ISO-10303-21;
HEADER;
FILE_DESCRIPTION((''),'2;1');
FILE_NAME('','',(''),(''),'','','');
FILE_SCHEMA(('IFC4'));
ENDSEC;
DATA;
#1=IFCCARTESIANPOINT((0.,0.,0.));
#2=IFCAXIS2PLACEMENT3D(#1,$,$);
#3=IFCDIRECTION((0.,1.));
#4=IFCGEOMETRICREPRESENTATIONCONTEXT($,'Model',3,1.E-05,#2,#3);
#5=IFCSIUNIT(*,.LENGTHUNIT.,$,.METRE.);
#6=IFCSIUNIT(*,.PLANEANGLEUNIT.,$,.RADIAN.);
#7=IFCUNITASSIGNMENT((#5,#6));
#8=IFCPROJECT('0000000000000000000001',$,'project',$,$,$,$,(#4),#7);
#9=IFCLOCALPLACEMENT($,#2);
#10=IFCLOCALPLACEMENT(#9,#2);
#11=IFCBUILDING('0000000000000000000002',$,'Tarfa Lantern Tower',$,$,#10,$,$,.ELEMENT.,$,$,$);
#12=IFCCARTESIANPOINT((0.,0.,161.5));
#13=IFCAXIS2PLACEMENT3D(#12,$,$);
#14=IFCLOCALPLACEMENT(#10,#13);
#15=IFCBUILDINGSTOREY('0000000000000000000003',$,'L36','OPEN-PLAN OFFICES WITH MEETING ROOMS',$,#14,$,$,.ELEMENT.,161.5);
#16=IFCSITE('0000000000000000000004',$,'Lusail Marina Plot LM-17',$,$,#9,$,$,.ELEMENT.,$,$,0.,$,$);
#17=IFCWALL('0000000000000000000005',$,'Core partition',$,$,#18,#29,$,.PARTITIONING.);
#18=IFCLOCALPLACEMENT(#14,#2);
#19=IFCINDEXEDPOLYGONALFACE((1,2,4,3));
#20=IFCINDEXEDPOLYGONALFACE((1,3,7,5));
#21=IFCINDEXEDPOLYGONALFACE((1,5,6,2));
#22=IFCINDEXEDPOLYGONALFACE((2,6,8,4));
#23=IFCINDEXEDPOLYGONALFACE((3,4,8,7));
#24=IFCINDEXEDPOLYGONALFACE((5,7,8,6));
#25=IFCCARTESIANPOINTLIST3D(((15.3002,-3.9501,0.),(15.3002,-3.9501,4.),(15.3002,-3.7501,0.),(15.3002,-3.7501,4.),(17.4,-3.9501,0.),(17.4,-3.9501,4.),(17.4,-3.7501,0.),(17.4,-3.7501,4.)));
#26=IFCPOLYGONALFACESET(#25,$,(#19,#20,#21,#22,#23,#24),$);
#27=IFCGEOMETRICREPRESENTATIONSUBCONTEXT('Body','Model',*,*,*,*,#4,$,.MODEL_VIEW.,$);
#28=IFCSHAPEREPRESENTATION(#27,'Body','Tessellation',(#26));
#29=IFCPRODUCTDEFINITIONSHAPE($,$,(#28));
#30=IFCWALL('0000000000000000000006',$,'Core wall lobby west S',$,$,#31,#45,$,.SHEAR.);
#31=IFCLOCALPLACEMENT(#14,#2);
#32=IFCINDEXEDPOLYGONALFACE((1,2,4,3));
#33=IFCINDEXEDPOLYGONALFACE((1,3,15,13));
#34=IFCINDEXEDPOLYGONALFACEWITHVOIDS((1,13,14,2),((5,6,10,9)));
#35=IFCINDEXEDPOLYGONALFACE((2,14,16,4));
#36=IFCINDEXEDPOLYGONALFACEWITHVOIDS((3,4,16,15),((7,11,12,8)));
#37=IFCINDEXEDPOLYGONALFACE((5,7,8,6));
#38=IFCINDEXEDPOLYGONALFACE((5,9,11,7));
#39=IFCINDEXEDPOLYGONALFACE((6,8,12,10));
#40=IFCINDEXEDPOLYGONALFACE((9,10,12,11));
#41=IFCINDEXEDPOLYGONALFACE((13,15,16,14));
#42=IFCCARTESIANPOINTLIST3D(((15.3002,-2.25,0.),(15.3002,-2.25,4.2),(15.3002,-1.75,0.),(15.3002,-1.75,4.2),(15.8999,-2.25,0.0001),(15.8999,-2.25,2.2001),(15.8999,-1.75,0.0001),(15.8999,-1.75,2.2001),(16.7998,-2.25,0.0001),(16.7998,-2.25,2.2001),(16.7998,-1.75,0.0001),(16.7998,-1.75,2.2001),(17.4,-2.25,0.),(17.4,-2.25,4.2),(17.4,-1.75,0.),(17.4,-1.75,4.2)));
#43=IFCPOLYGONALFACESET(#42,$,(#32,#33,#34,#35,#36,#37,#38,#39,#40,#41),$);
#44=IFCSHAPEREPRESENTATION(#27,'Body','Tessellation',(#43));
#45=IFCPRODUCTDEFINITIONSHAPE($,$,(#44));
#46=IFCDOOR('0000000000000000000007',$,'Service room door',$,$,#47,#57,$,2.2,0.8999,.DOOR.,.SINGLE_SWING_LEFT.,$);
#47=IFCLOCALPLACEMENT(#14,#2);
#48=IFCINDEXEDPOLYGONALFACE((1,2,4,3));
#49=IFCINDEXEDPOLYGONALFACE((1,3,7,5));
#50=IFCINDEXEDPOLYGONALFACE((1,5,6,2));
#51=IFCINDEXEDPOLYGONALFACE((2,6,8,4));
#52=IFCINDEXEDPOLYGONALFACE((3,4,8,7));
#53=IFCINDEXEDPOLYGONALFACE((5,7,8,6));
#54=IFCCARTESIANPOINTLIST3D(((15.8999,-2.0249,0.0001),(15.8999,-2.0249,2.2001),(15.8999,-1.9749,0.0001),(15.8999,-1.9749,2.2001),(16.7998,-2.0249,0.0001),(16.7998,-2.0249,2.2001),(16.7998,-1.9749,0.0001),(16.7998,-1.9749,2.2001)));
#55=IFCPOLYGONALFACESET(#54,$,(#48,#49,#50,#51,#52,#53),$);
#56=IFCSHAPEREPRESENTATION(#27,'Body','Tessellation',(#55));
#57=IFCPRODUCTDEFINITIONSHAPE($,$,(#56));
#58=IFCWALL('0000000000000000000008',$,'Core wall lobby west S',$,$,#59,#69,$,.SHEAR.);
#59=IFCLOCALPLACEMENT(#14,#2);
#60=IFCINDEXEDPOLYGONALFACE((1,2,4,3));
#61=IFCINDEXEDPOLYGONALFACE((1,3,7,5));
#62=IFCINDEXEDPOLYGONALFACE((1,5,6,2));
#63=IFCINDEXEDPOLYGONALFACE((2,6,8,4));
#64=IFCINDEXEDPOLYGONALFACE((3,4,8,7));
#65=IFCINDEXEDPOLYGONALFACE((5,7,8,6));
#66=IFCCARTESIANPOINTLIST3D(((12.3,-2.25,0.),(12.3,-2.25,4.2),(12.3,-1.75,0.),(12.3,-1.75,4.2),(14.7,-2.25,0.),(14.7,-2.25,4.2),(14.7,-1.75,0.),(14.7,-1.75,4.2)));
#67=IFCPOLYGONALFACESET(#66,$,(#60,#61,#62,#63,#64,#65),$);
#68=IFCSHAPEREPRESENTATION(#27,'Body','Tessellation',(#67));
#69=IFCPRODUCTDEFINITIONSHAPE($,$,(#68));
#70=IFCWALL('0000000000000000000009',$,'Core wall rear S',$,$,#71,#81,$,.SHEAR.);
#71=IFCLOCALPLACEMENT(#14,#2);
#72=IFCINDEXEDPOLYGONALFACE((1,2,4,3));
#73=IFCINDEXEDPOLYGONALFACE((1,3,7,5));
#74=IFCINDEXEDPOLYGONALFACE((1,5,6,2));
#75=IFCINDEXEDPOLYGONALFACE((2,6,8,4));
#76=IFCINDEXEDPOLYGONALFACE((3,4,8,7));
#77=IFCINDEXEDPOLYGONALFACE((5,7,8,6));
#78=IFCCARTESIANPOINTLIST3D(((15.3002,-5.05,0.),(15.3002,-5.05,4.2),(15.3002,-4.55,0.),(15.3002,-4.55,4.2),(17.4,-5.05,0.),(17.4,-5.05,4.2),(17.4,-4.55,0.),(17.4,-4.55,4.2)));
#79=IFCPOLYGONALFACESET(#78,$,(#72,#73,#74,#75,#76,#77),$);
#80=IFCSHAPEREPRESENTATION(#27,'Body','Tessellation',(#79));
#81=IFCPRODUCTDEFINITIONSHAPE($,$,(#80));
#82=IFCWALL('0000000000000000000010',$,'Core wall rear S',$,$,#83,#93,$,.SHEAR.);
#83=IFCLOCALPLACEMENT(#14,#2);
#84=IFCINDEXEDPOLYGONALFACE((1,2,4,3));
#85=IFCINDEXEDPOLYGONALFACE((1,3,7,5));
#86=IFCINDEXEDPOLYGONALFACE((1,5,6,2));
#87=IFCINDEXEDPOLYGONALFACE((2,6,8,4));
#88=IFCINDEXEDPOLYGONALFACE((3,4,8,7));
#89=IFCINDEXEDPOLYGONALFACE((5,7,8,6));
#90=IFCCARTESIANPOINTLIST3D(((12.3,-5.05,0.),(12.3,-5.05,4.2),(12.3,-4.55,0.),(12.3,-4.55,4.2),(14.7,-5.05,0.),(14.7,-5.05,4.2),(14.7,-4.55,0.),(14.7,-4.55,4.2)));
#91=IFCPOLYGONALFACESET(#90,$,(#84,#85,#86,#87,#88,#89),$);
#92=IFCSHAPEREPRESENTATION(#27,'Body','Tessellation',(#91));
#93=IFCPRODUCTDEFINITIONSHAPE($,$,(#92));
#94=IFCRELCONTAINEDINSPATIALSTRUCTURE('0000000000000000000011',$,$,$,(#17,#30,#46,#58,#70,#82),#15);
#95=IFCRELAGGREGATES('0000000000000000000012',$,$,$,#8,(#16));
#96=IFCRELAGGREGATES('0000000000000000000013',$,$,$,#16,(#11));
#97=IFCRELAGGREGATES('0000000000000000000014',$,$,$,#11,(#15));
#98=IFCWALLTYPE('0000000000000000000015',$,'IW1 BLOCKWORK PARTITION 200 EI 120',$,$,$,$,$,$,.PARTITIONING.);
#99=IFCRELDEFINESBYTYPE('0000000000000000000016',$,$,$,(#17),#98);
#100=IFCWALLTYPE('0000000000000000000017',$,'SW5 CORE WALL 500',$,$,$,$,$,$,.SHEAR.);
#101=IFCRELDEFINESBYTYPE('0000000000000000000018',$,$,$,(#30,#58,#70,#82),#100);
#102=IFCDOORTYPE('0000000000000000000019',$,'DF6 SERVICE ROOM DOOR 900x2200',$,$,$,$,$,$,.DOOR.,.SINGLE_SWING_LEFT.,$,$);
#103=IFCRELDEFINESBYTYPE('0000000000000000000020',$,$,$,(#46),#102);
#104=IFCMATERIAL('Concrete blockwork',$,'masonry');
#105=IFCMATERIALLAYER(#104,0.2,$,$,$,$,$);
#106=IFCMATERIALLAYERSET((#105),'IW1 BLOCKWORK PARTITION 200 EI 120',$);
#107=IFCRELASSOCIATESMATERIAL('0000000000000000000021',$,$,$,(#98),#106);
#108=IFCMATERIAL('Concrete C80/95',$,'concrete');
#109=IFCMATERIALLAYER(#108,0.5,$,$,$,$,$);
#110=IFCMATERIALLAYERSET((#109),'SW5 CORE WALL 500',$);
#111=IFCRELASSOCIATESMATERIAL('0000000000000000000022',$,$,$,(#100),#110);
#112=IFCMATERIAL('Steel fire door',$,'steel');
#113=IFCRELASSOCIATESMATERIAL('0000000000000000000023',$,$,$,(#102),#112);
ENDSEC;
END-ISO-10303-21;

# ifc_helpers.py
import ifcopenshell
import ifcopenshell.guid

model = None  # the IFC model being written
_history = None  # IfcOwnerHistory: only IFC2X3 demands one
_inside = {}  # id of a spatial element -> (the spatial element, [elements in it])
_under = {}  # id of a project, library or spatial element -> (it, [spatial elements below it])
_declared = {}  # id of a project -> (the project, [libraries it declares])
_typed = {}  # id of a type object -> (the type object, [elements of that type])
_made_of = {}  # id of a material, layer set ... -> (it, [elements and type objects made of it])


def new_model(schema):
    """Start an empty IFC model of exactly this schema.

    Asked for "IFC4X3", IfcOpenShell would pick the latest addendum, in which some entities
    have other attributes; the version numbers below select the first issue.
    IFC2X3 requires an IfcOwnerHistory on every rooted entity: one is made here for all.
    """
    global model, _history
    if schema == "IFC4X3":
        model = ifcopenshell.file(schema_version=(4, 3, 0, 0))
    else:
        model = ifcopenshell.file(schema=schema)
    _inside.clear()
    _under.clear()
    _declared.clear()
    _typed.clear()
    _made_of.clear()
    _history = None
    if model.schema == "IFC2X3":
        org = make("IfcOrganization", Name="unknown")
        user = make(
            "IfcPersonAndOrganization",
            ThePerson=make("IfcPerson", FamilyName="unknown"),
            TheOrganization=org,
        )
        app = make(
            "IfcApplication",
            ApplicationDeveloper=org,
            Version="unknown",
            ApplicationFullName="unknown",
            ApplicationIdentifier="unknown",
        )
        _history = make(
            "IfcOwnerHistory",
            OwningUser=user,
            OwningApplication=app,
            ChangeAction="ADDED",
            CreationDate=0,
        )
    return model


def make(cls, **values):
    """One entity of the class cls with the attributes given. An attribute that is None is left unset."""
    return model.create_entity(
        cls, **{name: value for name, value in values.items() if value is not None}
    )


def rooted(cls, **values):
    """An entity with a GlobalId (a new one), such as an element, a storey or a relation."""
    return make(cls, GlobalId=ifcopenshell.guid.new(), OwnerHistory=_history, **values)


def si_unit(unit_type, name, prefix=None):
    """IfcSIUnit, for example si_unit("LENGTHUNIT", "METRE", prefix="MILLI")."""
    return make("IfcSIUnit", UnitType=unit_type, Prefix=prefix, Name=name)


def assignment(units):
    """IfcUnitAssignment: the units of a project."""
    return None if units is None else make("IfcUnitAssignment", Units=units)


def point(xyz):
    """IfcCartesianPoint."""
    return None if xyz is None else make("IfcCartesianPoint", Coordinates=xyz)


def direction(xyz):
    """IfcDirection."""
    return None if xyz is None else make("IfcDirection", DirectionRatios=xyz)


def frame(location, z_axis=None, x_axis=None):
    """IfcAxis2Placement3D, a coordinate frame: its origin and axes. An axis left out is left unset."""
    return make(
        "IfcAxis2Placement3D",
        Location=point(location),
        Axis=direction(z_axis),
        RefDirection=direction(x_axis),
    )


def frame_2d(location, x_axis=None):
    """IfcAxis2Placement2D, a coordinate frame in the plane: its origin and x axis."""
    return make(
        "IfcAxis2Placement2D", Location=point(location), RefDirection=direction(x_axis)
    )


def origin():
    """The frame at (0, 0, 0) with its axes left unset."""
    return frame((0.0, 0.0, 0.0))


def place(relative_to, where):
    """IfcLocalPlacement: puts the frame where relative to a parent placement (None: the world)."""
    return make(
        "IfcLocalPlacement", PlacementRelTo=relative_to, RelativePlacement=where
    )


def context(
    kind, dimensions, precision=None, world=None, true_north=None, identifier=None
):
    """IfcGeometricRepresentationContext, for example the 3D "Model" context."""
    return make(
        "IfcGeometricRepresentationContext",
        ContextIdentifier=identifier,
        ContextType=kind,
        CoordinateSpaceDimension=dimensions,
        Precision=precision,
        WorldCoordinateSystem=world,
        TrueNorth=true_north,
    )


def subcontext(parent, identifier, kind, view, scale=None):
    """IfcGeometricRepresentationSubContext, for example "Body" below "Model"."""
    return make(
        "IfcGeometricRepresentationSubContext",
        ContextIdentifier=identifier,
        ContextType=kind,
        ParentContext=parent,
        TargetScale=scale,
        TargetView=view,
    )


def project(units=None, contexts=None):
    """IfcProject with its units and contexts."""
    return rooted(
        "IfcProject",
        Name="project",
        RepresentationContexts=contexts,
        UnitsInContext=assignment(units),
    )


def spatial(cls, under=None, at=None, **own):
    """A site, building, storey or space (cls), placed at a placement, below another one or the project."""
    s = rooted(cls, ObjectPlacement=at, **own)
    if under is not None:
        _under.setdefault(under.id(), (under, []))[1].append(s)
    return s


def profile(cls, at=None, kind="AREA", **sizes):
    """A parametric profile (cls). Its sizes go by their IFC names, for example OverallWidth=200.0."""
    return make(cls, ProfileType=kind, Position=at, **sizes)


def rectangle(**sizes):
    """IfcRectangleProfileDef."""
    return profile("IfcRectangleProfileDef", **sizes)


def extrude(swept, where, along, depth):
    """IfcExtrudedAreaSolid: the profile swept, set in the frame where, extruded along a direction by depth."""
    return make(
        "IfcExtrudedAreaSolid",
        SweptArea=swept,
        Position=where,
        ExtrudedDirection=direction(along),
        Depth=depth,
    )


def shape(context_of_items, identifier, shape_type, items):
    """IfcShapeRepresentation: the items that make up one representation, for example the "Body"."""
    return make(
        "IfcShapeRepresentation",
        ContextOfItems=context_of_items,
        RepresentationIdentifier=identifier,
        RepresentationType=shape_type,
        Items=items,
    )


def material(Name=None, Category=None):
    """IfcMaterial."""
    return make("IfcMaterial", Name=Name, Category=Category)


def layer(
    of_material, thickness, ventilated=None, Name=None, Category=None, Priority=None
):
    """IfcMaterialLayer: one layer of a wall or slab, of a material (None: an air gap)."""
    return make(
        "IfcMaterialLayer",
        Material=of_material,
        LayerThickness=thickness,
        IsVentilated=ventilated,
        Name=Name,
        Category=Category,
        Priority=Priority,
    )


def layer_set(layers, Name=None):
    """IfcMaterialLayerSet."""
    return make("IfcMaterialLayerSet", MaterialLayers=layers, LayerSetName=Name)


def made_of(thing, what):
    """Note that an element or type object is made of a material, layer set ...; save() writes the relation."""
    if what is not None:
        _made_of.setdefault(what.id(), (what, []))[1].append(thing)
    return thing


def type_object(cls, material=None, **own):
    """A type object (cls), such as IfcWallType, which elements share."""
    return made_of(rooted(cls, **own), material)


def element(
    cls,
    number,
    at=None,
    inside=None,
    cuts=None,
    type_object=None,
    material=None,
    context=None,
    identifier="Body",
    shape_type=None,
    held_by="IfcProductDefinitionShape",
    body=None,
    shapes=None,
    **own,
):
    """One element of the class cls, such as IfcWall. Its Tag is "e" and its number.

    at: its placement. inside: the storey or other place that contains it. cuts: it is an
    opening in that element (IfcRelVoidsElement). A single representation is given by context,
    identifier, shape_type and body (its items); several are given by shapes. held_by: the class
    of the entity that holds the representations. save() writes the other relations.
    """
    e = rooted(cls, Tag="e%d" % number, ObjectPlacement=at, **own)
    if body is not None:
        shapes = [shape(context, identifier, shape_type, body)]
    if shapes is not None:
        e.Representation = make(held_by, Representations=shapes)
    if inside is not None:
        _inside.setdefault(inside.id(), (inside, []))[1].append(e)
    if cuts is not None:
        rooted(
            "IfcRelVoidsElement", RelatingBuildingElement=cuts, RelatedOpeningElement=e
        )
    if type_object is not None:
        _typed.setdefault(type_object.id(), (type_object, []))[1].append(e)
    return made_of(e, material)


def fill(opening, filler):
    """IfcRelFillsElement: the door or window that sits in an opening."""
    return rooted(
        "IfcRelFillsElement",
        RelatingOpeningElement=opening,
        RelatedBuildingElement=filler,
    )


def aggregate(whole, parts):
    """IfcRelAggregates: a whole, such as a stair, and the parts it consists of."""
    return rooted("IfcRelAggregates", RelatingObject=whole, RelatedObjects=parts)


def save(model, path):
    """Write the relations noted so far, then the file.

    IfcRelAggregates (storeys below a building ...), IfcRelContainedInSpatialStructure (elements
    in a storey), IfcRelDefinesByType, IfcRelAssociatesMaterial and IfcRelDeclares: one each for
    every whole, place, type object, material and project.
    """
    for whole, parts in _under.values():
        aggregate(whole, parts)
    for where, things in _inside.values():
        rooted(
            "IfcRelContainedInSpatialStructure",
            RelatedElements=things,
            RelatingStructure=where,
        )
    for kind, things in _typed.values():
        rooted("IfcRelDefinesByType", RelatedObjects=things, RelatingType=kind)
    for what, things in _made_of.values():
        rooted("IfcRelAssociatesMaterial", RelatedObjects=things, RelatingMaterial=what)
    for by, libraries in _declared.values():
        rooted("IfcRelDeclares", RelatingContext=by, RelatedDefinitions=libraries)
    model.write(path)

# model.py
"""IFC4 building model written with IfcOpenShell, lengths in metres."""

from ifc_helpers import new_model, si_unit, direction, frame, frame_2d, origin, place, context, subcontext, project, spatial, rectangle, extrude, material, layer, layer_set, type_object, element, fill, save


model = new_model("IFC4")

# Units and contexts
model_context = context("Model", 3, precision=1e-05, world=origin(), true_north=direction((0.0, 1.0)))
body_context = subcontext(model_context, "Body", "Model", "MODEL_VIEW")
ifc_project = project(units=[si_unit("LENGTHUNIT", "METRE"), si_unit("PLANEANGLEUNIT", "RADIAN")], contexts=[model_context])

# Site, building, storey
site_placement = place(None, origin())
site = spatial("IfcSite", under=ifc_project, at=site_placement, Name="Lusail Marina Plot LM-17", CompositionType="ELEMENT", RefElevation=0.0)
building_placement = place(site_placement, origin())
building = spatial("IfcBuilding", under=site, at=building_placement, Name="Tarfa Lantern Tower", CompositionType="ELEMENT")
storey_placement = place(building_placement, frame((0.0, 0.0, 161.5)))
storey = spatial("IfcBuildingStorey", under=building, at=storey_placement, Name="L36", Description="OPEN-PLAN OFFICES WITH MEETING ROOMS", CompositionType="ELEMENT", Elevation=161.5)

# Wall
ifc_material_1 = material(Name="Concrete blockwork", Category="masonry")
ifc_layer_1 = layer(ifc_material_1, 0.2)
ifc_layer_set_1 = layer_set([ifc_layer_1], Name="IW1 BLOCKWORK PARTITION 200 EI 120")
wall_type_1 = type_object("IfcWallType", Name="IW1 BLOCKWORK PARTITION 200 EI 120", PredefinedType="PARTITIONING", material=ifc_layer_set_1)
wall_1_placement = place(storey_placement, frame((17.3999, -3.8501, 0.0), z_axis=(0.0, 0.0, 1.0), x_axis=(-1.0, 0.0, 0.0)))
element("IfcWall", 1, at=wall_1_placement, inside=storey, type_object=wall_type_1, Name="Core partition", PredefinedType="PARTITIONING", context=body_context, shape_type="SweptSolid", body=[
    extrude(rectangle(XDim=2.0999, YDim=0.2, at=frame_2d((1.0498, 0.0))), origin(), (0.0, 0.0, 1.0), 4.0),
])

# Wall, opening, door
ifc_material_2 = material(Name="Concrete C80/95", Category="concrete")
ifc_material_3 = material(Name="Steel fire door", Category="steel")
ifc_layer_2 = layer(ifc_material_2, 0.5)
ifc_layer_set_2 = layer_set([ifc_layer_2], Name="SW5 CORE WALL 500")
wall_type_2 = type_object("IfcWallType", Name="SW5 CORE WALL 500", PredefinedType="SHEAR", material=ifc_layer_set_2)
wall_2_placement = place(storey_placement, frame((17.3999, -2.0, 0.0), z_axis=(0.0, 0.0, 1.0), x_axis=(-1.0, 0.0, 0.0)))
wall_2 = element("IfcWall", 2, at=wall_2_placement, inside=storey, type_object=wall_type_2, Name="Core wall lobby west S", PredefinedType="SHEAR", context=body_context, shape_type="SweptSolid", body=[
    extrude(rectangle(XDim=2.0999, YDim=0.5, at=frame_2d((1.0498, 0.0))), origin(), (0.0, 0.0, 1.0), 4.2),
])
opening_1_placement = place(wall_2_placement, frame((0.6001, 0.0, 0.0)))
opening_1 = element("IfcOpeningElement", 3, at=opening_1_placement, cuts=wall_2, PredefinedType="OPENING", context=body_context, shape_type="SweptSolid", body=[
    extrude(rectangle(XDim=0.8999, YDim=2.2, at=frame_2d((0.45, 1.1001))), frame((0.0, 0.26, 0.0), z_axis=(0.0, -1.0, 0.0), x_axis=(1.0, 0.0, 0.0)), (0.0, 0.0, 1.0), 0.52),
])
door_type_1 = type_object("IfcDoorType", Name="DF6 SERVICE ROOM DOOR 900x2200", OperationType="SINGLE_SWING_LEFT", PredefinedType="DOOR", material=ifc_material_3)
door_1_placement = place(opening_1_placement, origin())
door_1 = element("IfcDoor", 4, at=door_1_placement, inside=storey, type_object=door_type_1, Name="Service room door", OperationType="SINGLE_SWING_LEFT", OverallHeight=2.2, OverallWidth=0.8999, PredefinedType="DOOR", context=body_context, shape_type="SweptSolid", body=[
    extrude(rectangle(XDim=0.8999, YDim=2.2, at=frame_2d((0.45, 1.1001))), frame((0.0, 0.0249, 0.0), z_axis=(0.0, -1.0, 0.0), x_axis=(1.0, 0.0, 0.0)), (0.0, 0.0, 1.0), 0.05),
])
fill(opening_1, door_1)

# Walls
wall_3_placement = place(storey_placement, frame((14.7, -2.0, 0.0), z_axis=(0.0, 0.0, 1.0), x_axis=(-1.0, 0.0, 0.0)))
element("IfcWall", 5, at=wall_3_placement, inside=storey, type_object=wall_type_2, Name="Core wall lobby west S", PredefinedType="SHEAR", context=body_context, shape_type="SweptSolid", body=[
    extrude(rectangle(XDim=2.3999, YDim=0.5, at=frame_2d((1.2, 0.0))), origin(), (0.0, 0.0, 1.0), 4.2),
])
wall_4_placement = place(storey_placement, frame((17.3999, -4.8, 0.0), z_axis=(0.0, 0.0, 1.0), x_axis=(-1.0, 0.0, 0.0)))
element("IfcWall", 6, at=wall_4_placement, inside=storey, type_object=wall_type_2, Name="Core wall rear S", PredefinedType="SHEAR", context=body_context, shape_type="SweptSolid", body=[
    extrude(rectangle(XDim=2.0999, YDim=0.5, at=frame_2d((1.0498, 0.0))), origin(), (0.0, 0.0, 1.0), 4.2),
])
wall_5_placement = place(storey_placement, frame((14.7, -4.8, 0.0), z_axis=(0.0, 0.0, 1.0), x_axis=(-1.0, 0.0, 0.0)))
element("IfcWall", 7, at=wall_5_placement, inside=storey, type_object=wall_type_2, Name="Core wall rear S", PredefinedType="SHEAR", context=body_context, shape_type="SweptSolid", body=[
    extrude(rectangle(XDim=2.3999, YDim=0.5, at=frame_2d((1.2, 0.0))), origin(), (0.0, 0.0, 1.0), 4.2),
])

save(model, "model.ifc")
